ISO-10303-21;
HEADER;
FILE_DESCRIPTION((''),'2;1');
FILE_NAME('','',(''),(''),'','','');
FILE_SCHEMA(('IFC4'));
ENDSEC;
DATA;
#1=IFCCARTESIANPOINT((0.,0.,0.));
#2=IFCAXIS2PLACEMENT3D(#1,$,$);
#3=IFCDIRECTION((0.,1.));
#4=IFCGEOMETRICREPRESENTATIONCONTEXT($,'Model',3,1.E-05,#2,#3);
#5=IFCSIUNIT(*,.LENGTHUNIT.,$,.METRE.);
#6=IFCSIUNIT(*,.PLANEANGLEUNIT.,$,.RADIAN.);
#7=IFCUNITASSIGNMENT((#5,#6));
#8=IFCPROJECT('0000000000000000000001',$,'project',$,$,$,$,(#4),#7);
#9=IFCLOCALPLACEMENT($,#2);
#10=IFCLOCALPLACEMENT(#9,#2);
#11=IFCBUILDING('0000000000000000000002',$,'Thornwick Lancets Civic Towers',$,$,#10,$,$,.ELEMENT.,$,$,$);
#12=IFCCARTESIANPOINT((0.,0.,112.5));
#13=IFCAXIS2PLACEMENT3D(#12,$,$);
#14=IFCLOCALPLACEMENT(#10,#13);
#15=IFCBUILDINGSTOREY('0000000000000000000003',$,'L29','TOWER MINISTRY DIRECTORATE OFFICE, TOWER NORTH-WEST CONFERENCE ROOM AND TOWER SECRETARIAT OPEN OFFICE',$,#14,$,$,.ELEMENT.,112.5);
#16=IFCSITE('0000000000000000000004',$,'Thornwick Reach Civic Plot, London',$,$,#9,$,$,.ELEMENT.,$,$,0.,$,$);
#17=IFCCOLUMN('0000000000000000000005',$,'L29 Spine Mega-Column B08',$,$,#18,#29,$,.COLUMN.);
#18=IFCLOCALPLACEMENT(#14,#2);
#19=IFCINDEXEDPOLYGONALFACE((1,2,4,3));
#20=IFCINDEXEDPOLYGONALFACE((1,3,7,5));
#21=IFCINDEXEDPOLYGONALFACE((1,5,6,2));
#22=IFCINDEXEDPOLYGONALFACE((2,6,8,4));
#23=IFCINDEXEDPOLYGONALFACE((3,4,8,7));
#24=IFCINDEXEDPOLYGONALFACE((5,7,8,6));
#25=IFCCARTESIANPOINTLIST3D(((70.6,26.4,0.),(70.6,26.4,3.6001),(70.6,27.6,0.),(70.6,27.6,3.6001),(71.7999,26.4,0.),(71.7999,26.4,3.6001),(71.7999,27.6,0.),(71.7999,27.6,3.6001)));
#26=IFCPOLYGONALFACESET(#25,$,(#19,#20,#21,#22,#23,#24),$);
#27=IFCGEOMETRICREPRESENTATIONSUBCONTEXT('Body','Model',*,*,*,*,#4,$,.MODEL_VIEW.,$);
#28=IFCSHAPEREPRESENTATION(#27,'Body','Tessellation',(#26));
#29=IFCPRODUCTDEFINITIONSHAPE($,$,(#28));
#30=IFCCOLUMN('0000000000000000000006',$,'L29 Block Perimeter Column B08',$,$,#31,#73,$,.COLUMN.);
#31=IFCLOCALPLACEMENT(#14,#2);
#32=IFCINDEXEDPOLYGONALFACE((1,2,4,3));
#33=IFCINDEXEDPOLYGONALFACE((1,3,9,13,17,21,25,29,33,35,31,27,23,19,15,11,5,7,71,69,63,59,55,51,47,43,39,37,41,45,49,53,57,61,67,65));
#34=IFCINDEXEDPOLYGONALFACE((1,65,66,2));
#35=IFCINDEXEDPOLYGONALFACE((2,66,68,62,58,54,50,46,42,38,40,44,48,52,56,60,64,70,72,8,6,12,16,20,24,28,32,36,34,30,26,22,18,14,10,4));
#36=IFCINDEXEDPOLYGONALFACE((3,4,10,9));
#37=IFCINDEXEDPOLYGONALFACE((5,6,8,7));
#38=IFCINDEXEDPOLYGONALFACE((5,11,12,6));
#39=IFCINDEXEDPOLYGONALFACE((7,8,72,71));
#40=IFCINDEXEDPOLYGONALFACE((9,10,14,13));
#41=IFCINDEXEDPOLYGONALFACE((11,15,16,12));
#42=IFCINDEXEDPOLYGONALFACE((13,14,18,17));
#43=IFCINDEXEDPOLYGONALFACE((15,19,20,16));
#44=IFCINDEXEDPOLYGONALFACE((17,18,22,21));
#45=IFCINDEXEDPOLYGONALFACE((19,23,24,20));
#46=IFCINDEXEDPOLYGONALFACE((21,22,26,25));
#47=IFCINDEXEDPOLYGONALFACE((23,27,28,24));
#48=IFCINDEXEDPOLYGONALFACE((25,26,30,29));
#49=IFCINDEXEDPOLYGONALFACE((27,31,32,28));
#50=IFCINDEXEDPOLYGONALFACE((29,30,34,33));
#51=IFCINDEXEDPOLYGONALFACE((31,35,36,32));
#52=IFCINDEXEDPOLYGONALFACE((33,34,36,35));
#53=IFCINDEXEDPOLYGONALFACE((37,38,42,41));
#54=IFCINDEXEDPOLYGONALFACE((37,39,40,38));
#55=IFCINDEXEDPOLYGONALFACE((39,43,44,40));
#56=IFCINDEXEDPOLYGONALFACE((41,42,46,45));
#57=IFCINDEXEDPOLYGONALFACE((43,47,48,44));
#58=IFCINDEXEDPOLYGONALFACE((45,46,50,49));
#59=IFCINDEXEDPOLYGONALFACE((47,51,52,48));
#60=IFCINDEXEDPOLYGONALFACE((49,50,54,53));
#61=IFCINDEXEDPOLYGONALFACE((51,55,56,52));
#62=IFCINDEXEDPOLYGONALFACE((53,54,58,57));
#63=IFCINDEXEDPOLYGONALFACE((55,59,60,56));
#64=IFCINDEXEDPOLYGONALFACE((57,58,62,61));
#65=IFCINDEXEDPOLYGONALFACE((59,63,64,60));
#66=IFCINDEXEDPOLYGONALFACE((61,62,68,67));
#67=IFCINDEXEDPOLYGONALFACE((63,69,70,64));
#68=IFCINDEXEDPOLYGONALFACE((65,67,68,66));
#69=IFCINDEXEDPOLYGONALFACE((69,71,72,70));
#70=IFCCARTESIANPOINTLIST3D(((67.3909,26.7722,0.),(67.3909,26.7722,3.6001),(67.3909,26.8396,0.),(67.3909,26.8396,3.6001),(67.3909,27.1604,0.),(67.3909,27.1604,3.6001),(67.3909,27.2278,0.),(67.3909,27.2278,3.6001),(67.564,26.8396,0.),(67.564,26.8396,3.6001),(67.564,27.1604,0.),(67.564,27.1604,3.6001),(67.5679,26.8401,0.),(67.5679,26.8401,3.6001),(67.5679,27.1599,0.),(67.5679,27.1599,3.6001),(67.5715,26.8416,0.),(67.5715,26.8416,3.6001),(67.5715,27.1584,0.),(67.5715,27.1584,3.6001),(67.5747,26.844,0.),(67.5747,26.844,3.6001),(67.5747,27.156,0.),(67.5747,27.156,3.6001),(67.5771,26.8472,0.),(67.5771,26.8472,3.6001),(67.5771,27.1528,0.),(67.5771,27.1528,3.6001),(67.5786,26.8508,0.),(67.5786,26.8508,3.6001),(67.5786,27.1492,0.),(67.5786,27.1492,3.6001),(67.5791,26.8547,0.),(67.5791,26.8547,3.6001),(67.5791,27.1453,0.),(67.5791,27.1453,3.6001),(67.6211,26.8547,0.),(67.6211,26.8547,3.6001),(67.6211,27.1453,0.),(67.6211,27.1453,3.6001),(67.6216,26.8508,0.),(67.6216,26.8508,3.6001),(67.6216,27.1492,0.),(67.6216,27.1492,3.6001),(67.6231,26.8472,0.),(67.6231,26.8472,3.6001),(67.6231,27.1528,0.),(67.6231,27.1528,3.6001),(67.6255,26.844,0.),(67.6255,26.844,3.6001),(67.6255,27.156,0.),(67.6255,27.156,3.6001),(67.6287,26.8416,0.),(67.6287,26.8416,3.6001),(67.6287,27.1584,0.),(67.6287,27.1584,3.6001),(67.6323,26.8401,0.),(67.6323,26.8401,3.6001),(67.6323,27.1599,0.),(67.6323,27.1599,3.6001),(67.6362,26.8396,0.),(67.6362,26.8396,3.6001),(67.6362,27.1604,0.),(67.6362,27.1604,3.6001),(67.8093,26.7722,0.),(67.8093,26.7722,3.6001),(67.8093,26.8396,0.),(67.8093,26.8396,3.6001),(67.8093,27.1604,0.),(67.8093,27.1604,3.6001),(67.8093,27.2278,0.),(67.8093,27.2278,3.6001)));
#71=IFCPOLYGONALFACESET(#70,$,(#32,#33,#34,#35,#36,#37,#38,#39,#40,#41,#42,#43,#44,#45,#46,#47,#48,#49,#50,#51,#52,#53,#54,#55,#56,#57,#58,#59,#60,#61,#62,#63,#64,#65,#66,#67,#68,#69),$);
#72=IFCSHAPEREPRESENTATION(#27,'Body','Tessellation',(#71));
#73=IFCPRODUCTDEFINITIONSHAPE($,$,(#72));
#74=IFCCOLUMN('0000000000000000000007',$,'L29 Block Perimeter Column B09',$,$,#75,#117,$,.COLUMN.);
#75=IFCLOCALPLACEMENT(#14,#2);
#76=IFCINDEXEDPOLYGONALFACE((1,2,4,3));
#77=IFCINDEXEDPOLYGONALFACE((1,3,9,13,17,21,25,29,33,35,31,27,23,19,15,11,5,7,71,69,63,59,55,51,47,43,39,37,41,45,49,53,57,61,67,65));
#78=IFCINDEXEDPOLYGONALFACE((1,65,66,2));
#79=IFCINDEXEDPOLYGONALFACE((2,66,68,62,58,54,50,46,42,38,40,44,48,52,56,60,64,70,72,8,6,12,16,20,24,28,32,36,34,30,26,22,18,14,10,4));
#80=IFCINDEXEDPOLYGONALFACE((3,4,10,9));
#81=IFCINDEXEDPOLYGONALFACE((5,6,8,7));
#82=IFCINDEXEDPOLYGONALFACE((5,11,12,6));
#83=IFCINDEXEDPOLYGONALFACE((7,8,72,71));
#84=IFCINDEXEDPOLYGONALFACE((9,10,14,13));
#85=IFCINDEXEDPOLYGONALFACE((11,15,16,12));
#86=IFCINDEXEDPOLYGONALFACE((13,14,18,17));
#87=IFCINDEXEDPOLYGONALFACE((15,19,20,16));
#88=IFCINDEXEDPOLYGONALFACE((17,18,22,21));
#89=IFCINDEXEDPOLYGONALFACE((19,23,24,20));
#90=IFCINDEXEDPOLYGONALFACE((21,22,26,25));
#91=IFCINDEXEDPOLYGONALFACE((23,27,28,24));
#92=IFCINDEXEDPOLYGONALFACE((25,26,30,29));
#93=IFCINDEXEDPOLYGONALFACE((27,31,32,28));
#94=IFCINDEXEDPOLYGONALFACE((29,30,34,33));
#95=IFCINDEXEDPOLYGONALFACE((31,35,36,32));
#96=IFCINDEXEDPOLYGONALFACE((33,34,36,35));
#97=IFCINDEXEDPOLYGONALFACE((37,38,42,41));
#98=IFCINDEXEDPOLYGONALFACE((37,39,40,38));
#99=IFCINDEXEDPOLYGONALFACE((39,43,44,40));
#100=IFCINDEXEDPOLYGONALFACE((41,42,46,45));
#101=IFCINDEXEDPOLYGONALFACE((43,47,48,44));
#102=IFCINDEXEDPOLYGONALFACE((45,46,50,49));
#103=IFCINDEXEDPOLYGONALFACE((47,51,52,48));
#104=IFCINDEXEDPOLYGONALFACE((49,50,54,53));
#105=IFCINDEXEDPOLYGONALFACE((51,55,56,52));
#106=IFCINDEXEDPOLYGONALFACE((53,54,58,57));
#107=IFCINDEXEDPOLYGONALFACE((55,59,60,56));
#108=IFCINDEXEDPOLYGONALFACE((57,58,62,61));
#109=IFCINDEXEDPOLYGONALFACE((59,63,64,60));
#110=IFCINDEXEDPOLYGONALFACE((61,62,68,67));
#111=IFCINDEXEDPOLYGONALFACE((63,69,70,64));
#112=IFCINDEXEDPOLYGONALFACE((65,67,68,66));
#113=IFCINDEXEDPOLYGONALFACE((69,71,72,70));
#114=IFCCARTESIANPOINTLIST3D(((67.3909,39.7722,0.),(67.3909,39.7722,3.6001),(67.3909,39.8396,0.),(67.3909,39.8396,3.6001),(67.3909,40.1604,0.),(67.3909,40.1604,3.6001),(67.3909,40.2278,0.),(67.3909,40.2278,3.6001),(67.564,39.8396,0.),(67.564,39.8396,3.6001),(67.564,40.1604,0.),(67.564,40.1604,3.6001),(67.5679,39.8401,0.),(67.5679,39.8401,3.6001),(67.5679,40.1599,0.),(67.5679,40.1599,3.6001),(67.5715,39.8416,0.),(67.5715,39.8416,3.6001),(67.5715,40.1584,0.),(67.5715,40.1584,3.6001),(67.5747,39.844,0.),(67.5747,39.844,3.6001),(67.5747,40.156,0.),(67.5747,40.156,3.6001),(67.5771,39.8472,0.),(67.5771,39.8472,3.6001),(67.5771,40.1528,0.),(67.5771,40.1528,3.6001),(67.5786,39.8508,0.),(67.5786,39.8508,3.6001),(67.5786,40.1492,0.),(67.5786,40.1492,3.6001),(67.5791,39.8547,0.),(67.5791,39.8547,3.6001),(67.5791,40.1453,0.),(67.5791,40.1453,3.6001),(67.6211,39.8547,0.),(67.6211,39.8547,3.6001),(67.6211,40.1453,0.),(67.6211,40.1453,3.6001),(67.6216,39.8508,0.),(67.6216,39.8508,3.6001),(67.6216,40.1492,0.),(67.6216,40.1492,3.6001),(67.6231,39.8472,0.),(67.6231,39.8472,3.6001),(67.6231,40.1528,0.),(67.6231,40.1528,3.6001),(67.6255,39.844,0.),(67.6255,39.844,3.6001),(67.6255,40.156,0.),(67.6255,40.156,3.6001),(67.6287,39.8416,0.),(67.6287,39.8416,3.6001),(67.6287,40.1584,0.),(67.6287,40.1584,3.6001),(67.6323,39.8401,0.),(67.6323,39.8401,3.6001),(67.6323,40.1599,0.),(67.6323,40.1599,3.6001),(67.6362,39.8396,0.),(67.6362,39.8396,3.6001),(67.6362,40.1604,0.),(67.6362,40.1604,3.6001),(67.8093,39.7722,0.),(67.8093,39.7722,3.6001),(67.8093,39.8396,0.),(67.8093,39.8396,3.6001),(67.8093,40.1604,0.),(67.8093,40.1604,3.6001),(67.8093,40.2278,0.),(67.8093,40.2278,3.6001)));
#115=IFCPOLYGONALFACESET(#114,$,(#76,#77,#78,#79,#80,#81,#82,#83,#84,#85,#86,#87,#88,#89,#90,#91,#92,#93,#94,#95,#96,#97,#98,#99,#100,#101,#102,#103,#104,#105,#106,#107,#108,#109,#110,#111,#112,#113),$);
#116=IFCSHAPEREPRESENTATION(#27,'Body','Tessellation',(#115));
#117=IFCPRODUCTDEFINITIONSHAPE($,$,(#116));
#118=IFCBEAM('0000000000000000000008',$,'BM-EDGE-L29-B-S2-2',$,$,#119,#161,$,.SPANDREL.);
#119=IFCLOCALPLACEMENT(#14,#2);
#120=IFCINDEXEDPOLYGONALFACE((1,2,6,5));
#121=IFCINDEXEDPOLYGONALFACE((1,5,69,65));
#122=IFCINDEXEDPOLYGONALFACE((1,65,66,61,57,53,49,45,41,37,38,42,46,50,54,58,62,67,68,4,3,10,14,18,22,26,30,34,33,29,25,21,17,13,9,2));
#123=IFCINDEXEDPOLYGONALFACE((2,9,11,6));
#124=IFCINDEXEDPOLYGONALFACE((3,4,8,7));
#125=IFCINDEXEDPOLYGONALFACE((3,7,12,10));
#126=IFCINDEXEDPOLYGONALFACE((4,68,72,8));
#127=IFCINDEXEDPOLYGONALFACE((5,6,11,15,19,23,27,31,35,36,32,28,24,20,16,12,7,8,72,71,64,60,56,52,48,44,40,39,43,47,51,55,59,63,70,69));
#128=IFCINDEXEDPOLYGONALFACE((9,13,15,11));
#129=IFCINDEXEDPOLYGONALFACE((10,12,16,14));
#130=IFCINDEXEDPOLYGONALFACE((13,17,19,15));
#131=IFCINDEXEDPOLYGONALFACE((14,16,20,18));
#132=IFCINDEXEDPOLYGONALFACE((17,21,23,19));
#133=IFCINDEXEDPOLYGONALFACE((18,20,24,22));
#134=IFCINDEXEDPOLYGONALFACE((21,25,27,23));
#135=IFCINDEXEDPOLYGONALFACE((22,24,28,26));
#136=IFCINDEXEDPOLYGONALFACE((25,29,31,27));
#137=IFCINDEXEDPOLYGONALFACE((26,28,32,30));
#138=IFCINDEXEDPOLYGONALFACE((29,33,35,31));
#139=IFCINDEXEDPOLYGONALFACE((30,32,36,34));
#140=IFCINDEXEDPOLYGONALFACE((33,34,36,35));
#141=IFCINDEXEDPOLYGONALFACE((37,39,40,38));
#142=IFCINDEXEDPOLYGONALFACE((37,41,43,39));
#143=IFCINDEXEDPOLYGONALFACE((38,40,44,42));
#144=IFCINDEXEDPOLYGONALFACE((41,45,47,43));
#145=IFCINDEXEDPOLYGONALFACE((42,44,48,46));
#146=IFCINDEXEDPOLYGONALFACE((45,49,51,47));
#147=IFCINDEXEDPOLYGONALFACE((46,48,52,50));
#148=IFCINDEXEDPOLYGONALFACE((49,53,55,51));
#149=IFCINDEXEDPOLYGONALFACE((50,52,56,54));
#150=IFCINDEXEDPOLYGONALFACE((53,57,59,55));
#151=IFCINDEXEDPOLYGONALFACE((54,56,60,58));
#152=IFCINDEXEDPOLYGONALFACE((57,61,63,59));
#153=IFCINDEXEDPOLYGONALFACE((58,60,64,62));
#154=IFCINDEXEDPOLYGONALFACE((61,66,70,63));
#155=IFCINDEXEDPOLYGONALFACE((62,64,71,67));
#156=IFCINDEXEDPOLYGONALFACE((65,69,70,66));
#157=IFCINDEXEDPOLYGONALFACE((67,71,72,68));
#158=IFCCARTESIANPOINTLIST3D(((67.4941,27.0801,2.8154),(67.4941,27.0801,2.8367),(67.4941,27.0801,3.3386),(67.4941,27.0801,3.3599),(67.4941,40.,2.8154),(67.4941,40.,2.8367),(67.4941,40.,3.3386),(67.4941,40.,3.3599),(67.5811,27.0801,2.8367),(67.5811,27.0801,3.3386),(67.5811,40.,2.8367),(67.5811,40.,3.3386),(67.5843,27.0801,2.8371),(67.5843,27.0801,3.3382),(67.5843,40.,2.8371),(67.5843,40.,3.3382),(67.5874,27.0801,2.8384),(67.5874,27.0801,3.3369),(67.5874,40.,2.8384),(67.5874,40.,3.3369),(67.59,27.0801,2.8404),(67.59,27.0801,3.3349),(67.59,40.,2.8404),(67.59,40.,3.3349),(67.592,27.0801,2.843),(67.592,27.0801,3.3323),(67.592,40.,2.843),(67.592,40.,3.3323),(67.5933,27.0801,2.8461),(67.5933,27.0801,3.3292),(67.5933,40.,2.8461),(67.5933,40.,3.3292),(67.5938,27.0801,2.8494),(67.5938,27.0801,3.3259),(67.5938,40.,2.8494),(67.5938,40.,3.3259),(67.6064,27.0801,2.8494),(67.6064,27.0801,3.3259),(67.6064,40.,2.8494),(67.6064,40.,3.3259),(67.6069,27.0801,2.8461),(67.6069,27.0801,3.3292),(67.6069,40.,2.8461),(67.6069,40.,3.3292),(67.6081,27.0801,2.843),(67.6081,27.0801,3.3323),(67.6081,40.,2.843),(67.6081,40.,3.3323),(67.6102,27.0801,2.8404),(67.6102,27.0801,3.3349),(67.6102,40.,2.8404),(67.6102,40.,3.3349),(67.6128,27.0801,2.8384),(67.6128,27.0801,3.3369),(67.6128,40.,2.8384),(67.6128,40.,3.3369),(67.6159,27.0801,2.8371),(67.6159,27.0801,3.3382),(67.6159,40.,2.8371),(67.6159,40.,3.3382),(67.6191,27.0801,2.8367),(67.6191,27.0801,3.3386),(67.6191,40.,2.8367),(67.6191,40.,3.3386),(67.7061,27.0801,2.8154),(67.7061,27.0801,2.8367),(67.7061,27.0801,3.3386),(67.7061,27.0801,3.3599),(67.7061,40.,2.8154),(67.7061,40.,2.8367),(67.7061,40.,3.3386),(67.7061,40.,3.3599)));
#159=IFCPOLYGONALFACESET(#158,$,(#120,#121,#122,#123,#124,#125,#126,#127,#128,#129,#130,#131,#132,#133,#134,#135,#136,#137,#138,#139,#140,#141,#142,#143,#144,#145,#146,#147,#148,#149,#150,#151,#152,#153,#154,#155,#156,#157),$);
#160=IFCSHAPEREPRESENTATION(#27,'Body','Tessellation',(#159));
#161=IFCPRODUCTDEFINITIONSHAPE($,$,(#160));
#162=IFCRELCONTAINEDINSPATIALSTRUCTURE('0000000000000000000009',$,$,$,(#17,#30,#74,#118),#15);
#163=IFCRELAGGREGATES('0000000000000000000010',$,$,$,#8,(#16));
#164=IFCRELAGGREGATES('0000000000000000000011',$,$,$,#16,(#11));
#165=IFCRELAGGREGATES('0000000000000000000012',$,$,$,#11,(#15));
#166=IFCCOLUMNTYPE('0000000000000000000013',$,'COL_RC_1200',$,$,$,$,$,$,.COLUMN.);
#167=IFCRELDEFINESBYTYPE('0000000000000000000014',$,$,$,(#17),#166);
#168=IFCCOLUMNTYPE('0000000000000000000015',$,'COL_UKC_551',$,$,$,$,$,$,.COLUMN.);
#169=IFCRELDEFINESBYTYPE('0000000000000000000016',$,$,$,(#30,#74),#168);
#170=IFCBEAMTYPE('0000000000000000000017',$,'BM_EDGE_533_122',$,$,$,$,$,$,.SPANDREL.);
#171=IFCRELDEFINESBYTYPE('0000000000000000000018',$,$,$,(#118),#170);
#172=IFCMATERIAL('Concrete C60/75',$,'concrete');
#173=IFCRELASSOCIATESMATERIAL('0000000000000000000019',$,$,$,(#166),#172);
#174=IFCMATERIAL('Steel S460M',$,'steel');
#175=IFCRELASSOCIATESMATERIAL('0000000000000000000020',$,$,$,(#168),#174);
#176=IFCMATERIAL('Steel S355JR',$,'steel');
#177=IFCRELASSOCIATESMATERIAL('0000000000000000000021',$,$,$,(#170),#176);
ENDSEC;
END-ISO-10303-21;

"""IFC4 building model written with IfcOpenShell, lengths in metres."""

from ifc_helpers import new_model, si_unit, direction, frame, origin, origin_2d, place, context, subcontext, project, spatial, rectangle, i_section, extrude, material, material_profile, profile_set, type_object, element, save


model = new_model("IFC4")

# Units and contexts
model_context = context("Model", 3, precision=1e-05, world=origin(), true_north=direction((0.0, 1.0)))
body_context = subcontext(model_context, "Body", "Model", "MODEL_VIEW")
ifc_project = project(units=[si_unit("LENGTHUNIT", "METRE"), si_unit("PLANEANGLEUNIT", "RADIAN")], contexts=[model_context])

# Site, building, storey
site_placement = place(None, origin())
site = spatial("IfcSite", under=ifc_project, at=site_placement, Name="Thornwick Reach Civic Plot, London", CompositionType="ELEMENT", RefElevation=0.0)
building_placement = place(site_placement, origin())
building = spatial("IfcBuilding", under=site, at=building_placement, Name="Thornwick Lancets Civic Towers", CompositionType="ELEMENT")
storey_placement = place(building_placement, frame((0.0, 0.0, 112.5)))
storey = spatial("IfcBuildingStorey", under=building, at=storey_placement, Name="L29", Description="TOWER MINISTRY DIRECTORATE OFFICE, TOWER NORTH-WEST CONFERENCE ROOM AND TOWER SECRETARIAT OPEN OFFICE", CompositionType="ELEMENT", Elevation=112.5)

# Columns
ifc_material_1 = material(Name="Concrete C60/75", Category="concrete")
ifc_material_profile_1 = material_profile(ifc_material_1, rectangle(XDim=1.2, YDim=1.2, at=origin_2d()), Name="RC 1200x1200")
ifc_profile_set_1 = profile_set([ifc_material_profile_1], Name="Concrete C60/75")
column_type_1 = type_object("IfcColumnType", Name="COL_RC_1200", PredefinedType="COLUMN", material=ifc_profile_set_1)
column_placement = place(storey_placement, frame((71.2, 27.0, 0.0), z_axis=(0.0, 0.0, 1.0), x_axis=(1.0, 0.0, 0.0)))
element("IfcColumn", 1, at=column_placement, inside=storey, type_object=column_type_1, Name="L29 Spine Mega-Column B08", PredefinedType="COLUMN", context=body_context, shape_type="SweptSolid", body=[
    extrude(rectangle(XDim=1.2, YDim=1.2, at=origin_2d()), origin(), (0.0, 0.0, 1.0), 3.6001),
])
ifc_material_2 = material(Name="Steel S460M", Category="steel")
ifc_material_profile_2 = material_profile(ifc_material_2, i_section(OverallWidth=0.4185, OverallDepth=0.4556, WebThickness=0.042, FlangeThickness=0.0674, FilletRadius=0.0151, at=origin_2d()), Name="UKC 356x406x551")
ifc_profile_set_2 = profile_set([ifc_material_profile_2], Name="Steel S460M")
column_type_2 = type_object("IfcColumnType", Name="COL_UKC_551", PredefinedType="COLUMN", material=ifc_profile_set_2)
for number, where, z_axis, x_axis, name in (
    (2, (67.6001, 27.0, 0.0), (0.0, 0.0, 1.0), (1.0, 0.0, 0.0), "L29 Block Perimeter Column B08"),
    (3, (67.6001, 40.0, 0.0), (0.0, 0.0, 1.0), (1.0, 0.0, 0.0), "L29 Block Perimeter Column B09"),
):
    element("IfcColumn", number, at=place(storey_placement, frame(where, z_axis=z_axis, x_axis=x_axis)), inside=storey, type_object=column_type_2, Name=name, PredefinedType="COLUMN", context=body_context, shape_type="SweptSolid", body=[
        extrude(i_section(OverallWidth=0.4185, OverallDepth=0.4556, WebThickness=0.042, FlangeThickness=0.0674, FilletRadius=0.0151, at=origin_2d()), origin(), (0.0, 0.0, 1.0), 3.6001),
    ])

# Beam
ifc_material_3 = material(Name="Steel S355JR", Category="steel")
ifc_material_profile_3 = material_profile(ifc_material_3, i_section(OverallWidth=0.2119, OverallDepth=0.5444, WebThickness=0.0127, FlangeThickness=0.0212, FilletRadius=0.0127, at=origin_2d()), Name="UKB 533x210x122")
ifc_profile_set_3 = profile_set([ifc_material_profile_3], Name="Steel S355JR")
beam_type_1 = type_object("IfcBeamType", Name="BM_EDGE_533_122", PredefinedType="SPANDREL", material=ifc_profile_set_3)
beam_1_placement = place(storey_placement, frame((67.6001, 27.0801, 3.0876), z_axis=(0.0, 1.0, 0.0), x_axis=(-1.0, 0.0, 0.0)))
element("IfcBeam", 4, at=beam_1_placement, inside=storey, type_object=beam_type_1, Name="BM-EDGE-L29-B-S2-2", PredefinedType="SPANDREL", context=body_context, shape_type="SweptSolid", body=[
    extrude(i_section(OverallWidth=0.2119, OverallDepth=0.5444, WebThickness=0.0127, FlangeThickness=0.0212, FilletRadius=0.0127, at=origin_2d()), origin(), (0.0, 0.0, 1.0), 12.9199),
])

save(model, "model.ifc")
